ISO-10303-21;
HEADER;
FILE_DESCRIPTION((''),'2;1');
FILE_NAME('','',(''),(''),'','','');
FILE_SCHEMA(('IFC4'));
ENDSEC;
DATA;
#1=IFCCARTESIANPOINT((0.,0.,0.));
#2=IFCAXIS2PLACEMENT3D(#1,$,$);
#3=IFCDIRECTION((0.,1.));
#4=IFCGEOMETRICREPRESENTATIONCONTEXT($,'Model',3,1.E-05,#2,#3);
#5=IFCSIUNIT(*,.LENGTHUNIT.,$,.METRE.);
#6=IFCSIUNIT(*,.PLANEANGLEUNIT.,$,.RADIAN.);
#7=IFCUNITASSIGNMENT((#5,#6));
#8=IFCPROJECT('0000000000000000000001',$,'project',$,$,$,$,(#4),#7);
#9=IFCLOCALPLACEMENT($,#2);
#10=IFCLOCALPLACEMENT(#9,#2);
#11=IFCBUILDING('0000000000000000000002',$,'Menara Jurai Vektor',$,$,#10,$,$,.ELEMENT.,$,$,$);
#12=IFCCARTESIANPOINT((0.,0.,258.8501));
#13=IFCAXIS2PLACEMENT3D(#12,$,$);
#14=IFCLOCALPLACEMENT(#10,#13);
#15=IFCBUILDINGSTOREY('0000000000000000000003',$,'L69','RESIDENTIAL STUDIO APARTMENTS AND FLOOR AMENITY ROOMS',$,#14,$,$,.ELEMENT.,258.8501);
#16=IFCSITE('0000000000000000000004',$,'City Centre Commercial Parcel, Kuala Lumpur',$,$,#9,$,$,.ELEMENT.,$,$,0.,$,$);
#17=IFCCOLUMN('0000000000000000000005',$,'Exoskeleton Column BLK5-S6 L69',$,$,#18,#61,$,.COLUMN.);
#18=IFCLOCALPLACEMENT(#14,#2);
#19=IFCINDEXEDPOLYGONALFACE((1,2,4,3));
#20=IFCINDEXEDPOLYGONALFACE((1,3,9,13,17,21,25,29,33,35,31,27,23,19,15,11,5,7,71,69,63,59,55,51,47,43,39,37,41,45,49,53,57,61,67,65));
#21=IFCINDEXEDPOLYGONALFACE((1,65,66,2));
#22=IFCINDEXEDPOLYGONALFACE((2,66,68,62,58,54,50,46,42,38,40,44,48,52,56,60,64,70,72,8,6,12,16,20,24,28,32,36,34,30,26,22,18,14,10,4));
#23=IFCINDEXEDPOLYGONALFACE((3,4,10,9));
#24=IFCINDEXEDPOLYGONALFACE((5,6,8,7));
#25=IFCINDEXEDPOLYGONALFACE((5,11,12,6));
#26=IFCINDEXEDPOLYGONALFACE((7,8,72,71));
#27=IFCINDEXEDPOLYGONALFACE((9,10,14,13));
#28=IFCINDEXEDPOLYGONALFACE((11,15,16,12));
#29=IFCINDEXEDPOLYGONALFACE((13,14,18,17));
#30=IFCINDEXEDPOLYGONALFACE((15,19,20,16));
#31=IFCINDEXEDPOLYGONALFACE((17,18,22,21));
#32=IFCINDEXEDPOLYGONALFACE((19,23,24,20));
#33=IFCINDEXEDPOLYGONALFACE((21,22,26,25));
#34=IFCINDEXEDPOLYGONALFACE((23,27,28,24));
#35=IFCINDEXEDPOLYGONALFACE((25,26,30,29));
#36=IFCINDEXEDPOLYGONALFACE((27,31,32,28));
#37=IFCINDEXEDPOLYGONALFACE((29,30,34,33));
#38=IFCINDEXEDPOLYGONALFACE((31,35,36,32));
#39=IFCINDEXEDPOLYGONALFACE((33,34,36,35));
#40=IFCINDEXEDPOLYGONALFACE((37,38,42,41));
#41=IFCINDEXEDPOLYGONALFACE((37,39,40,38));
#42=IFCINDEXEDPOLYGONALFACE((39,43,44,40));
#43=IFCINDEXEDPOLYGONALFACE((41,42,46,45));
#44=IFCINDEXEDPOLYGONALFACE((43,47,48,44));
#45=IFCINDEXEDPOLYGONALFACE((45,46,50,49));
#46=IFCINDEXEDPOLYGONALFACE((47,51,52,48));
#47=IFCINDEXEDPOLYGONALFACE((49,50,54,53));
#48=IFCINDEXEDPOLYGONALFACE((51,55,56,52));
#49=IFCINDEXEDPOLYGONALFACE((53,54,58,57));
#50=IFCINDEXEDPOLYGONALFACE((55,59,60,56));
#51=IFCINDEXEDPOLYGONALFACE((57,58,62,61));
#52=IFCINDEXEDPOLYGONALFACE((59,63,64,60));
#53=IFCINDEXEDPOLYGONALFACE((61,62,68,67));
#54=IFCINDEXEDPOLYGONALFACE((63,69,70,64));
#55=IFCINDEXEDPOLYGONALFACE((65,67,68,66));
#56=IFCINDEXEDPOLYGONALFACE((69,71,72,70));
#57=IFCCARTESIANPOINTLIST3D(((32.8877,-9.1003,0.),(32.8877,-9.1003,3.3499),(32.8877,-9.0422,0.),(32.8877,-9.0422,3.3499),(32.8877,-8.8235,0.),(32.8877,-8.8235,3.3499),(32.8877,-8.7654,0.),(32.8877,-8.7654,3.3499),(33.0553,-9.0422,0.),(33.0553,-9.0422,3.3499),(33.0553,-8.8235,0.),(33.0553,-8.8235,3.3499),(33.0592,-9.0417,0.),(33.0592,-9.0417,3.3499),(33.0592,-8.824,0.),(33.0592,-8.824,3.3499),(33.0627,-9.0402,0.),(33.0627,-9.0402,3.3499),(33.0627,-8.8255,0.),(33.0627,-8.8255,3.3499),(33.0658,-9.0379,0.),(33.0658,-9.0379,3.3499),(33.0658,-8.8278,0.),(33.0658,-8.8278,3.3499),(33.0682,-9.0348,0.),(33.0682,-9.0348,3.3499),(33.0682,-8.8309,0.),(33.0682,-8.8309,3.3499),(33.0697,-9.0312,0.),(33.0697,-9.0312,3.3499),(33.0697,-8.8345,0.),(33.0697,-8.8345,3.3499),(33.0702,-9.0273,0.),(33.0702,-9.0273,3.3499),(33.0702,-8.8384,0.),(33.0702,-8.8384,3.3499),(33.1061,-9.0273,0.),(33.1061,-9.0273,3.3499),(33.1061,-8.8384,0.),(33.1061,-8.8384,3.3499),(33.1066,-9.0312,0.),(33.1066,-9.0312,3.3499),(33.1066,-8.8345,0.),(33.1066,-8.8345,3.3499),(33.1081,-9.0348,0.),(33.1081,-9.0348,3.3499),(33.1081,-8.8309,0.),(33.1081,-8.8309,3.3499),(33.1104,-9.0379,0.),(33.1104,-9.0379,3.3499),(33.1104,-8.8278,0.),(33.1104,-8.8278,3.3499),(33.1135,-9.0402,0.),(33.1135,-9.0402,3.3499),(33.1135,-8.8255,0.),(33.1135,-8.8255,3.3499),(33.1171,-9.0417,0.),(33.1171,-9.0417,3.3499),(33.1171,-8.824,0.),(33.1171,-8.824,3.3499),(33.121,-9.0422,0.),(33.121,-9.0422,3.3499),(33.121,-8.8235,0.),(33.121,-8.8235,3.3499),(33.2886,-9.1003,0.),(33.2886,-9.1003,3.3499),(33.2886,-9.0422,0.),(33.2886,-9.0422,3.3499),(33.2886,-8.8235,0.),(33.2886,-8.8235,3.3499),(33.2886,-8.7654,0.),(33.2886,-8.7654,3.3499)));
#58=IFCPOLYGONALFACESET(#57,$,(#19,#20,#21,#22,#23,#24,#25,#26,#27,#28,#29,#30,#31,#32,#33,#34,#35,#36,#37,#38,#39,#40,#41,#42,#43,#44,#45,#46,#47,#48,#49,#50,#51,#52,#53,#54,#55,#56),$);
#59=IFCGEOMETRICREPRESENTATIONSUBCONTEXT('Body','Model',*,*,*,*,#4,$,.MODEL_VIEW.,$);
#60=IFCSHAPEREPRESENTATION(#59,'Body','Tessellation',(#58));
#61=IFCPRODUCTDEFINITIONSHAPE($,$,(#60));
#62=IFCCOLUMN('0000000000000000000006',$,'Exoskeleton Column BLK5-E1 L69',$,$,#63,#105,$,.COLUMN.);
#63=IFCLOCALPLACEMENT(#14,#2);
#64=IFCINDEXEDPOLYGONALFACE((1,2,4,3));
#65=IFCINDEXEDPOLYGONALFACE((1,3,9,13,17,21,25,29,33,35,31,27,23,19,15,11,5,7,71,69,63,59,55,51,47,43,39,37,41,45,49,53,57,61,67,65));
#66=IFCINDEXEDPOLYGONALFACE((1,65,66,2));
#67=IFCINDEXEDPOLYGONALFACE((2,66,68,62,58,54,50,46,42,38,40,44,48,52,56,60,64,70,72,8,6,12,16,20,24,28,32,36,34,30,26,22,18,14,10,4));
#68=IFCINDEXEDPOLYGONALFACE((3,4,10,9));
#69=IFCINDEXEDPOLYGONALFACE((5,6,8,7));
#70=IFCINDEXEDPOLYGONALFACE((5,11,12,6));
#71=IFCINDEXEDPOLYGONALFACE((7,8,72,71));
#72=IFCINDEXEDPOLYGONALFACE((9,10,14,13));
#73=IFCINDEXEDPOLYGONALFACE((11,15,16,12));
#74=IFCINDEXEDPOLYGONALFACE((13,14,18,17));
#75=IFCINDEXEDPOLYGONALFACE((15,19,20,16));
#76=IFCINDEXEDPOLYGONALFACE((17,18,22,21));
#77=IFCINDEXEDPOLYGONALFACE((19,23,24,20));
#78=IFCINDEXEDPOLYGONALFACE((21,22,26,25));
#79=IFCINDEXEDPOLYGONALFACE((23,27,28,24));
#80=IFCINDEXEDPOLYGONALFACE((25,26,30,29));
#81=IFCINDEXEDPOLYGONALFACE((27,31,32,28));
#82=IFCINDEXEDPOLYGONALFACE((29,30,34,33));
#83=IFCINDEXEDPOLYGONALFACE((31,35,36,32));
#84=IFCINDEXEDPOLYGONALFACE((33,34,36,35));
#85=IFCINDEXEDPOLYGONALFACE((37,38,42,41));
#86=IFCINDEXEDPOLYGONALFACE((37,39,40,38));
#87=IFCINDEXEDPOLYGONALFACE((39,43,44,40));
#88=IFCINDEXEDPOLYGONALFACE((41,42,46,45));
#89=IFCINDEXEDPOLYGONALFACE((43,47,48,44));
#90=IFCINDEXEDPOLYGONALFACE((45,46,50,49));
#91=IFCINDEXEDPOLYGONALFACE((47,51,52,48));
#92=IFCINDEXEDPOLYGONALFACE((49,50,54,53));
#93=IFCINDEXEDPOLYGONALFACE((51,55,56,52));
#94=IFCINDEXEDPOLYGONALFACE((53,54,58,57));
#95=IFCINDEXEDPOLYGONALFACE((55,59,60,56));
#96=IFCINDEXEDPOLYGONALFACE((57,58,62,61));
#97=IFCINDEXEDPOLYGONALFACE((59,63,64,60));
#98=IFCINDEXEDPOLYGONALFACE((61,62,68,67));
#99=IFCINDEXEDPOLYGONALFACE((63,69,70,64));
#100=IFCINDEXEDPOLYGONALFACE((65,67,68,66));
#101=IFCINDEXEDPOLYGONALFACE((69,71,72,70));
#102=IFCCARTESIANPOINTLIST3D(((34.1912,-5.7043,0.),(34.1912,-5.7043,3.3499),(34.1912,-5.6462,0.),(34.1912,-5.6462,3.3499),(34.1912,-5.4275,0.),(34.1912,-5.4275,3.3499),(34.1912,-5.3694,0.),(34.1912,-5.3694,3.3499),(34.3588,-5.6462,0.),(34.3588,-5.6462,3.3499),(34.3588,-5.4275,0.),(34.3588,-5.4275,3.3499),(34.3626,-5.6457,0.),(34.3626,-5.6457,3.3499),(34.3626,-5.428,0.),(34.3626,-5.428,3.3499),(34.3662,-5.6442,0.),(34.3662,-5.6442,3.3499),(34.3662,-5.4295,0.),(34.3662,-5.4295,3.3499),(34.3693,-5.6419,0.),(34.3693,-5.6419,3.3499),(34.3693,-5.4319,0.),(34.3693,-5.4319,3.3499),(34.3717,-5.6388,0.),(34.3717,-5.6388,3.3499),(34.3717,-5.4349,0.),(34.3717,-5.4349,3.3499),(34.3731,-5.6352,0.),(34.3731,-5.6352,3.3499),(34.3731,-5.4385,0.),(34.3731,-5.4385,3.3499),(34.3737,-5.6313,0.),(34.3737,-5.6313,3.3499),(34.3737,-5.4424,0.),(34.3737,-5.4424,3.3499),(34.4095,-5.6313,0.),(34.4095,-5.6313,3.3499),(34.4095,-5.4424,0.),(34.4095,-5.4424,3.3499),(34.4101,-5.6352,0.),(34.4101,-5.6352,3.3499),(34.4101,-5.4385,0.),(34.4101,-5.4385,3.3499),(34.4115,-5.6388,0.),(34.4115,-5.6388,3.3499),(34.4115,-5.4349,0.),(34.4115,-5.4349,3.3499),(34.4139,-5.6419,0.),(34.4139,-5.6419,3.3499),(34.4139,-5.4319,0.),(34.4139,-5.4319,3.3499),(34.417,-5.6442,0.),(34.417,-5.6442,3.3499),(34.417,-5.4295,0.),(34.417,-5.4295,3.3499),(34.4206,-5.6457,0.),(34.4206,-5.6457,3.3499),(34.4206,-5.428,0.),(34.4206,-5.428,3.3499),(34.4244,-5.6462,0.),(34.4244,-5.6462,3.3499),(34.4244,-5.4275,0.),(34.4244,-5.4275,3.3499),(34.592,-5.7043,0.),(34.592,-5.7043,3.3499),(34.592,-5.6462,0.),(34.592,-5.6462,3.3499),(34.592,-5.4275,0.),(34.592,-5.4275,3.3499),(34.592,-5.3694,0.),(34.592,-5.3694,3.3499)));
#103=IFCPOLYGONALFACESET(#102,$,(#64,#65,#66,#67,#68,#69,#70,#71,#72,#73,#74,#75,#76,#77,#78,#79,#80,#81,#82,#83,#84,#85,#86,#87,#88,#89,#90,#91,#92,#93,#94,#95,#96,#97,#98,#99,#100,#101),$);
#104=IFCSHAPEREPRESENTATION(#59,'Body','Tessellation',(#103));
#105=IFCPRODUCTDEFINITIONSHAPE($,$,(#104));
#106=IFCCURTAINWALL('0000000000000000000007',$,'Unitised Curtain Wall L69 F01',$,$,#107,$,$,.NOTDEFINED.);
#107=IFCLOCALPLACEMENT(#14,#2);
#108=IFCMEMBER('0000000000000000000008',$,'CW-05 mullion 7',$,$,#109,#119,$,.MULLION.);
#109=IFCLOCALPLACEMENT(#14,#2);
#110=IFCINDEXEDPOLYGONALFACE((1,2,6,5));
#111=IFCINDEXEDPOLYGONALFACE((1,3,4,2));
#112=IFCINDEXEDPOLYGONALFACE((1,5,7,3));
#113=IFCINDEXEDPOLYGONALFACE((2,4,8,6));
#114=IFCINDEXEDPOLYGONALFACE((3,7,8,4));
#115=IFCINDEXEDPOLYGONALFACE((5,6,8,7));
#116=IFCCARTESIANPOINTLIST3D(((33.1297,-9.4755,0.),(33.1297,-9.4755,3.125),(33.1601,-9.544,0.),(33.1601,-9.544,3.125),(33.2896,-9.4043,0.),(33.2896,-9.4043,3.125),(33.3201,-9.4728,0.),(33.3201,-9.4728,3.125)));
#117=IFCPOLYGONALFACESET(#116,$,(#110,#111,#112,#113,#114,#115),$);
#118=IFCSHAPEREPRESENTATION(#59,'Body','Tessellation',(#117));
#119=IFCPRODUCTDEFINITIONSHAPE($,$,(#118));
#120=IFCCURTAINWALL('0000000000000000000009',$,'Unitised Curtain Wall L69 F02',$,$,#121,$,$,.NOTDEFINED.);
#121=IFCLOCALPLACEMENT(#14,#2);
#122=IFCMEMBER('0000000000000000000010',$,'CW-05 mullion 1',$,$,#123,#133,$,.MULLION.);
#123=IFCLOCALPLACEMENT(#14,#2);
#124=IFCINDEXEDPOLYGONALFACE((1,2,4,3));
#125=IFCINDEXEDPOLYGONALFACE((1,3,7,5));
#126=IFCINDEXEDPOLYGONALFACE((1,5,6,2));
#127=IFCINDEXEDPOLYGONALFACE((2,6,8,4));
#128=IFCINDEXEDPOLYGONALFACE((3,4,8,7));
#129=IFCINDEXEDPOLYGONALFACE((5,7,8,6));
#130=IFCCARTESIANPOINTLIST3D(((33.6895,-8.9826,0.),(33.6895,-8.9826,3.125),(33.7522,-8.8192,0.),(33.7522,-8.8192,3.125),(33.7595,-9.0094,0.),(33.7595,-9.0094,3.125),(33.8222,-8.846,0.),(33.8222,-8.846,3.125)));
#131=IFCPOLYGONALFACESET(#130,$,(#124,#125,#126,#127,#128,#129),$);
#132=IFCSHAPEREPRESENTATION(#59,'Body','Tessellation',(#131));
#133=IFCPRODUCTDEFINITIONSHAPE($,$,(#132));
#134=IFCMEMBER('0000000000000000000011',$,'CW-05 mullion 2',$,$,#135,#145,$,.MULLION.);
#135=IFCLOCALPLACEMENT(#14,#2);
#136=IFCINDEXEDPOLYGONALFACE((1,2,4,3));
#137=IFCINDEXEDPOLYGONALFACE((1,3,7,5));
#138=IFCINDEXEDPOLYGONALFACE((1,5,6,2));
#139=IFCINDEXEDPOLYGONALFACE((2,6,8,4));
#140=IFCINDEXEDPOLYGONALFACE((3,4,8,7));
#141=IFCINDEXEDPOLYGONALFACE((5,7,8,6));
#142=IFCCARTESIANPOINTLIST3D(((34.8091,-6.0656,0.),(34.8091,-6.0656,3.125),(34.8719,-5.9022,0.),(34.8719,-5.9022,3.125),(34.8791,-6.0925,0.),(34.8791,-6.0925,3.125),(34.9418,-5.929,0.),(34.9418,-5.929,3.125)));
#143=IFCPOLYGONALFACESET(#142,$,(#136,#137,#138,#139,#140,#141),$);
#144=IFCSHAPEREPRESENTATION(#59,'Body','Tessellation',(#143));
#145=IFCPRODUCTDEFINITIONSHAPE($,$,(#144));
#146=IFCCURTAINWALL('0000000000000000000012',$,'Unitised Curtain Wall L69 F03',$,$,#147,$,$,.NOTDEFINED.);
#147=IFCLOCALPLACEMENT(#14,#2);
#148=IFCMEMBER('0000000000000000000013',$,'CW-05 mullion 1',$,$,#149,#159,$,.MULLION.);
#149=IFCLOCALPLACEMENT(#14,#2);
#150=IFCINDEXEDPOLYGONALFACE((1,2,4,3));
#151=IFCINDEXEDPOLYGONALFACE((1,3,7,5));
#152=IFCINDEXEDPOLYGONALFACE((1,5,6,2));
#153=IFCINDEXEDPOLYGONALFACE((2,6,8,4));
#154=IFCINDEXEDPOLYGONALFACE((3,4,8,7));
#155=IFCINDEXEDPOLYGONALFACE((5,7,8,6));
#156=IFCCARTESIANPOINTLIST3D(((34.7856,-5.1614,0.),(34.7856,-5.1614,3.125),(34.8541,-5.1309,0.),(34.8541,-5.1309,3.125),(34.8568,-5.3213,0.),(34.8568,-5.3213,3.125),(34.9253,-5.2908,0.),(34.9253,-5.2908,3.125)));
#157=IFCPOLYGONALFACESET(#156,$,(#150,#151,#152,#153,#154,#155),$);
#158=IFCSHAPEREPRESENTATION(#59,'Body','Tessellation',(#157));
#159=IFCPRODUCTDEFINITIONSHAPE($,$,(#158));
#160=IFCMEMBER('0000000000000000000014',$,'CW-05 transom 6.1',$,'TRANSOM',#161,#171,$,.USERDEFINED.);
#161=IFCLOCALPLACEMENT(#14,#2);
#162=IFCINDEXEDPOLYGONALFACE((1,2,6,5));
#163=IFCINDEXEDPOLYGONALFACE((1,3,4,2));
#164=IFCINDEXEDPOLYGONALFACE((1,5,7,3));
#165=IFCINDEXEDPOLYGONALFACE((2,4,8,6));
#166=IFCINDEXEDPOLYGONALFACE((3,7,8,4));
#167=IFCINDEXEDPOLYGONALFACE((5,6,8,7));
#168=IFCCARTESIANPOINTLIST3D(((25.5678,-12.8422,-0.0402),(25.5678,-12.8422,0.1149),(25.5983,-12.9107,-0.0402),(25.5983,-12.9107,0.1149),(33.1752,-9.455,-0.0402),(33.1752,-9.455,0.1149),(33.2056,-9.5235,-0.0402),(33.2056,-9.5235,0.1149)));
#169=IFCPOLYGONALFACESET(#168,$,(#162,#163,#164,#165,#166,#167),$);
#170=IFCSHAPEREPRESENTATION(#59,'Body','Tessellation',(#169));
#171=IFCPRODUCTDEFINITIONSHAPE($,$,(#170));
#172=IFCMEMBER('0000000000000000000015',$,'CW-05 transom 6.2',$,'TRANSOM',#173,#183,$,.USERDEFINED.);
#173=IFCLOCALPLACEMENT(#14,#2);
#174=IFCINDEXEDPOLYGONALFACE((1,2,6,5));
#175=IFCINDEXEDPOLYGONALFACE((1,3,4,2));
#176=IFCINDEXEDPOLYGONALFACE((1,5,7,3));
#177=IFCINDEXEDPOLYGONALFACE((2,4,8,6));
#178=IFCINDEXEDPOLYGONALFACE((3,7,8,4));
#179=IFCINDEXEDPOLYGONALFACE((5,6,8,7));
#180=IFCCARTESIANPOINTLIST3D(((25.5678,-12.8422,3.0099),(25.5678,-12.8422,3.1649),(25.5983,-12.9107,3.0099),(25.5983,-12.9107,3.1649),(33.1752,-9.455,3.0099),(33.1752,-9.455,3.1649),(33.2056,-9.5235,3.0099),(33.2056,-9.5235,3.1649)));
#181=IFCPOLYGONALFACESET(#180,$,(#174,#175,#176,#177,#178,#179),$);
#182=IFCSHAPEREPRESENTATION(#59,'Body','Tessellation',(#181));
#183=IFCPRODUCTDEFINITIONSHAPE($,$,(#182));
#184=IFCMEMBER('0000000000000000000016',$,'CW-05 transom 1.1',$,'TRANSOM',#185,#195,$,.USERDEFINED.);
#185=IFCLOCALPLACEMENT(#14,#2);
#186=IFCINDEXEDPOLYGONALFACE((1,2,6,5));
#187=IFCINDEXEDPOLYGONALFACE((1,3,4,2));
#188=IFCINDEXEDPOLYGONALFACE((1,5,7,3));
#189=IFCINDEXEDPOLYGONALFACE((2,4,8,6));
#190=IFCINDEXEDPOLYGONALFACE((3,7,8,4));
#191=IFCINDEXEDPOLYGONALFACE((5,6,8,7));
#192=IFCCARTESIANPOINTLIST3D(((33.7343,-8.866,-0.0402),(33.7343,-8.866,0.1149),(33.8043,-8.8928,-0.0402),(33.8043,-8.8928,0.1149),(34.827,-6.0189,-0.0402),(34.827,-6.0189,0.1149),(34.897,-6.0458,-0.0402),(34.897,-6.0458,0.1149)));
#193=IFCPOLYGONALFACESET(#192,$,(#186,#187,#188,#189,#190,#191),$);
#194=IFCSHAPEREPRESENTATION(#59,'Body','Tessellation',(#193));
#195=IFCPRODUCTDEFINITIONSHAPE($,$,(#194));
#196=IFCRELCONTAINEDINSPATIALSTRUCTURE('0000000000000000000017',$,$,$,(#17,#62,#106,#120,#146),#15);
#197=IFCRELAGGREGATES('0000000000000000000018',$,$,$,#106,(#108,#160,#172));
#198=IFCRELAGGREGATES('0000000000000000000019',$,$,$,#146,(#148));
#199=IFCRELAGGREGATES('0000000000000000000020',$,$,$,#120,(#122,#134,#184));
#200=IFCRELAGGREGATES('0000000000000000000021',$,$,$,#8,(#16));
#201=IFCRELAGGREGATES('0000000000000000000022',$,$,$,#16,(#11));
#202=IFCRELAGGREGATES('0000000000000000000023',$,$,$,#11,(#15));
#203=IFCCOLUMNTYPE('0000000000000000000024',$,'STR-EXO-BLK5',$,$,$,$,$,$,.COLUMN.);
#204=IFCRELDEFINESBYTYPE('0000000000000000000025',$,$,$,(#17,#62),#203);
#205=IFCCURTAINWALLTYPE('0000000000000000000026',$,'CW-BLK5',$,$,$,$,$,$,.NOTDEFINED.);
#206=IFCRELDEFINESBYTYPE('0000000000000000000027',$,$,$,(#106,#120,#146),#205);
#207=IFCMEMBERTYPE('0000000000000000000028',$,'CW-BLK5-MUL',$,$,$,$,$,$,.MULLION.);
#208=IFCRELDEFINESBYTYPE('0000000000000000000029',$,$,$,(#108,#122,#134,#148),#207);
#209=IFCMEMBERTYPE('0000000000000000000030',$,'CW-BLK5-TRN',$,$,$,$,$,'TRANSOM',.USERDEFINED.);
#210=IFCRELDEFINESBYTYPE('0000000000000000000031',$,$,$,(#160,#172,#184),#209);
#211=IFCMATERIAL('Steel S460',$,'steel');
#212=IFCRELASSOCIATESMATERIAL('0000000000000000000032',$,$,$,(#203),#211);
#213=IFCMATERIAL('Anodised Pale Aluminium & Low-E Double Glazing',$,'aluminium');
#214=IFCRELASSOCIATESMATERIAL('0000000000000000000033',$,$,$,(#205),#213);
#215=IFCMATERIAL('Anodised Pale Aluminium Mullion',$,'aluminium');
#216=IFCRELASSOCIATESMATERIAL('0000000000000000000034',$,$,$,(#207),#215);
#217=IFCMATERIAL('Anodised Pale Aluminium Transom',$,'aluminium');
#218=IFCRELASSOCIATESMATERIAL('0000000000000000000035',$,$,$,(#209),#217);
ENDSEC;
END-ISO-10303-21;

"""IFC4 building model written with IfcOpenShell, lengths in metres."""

from ifc_helpers import new_model, si_unit, direction, frame, origin, origin_2d, place, context, subcontext, project, spatial, rectangle, i_section, extrude, material, material_profile, profile_set, type_object, element, aggregate, save


model = new_model("IFC4")

# Units and contexts
model_context = context("Model", 3, precision=1e-05, world=origin(), true_north=direction((0.0, 1.0)))
body_context = subcontext(model_context, "Body", "Model", "MODEL_VIEW")
ifc_project = project(units=[si_unit("LENGTHUNIT", "METRE"), si_unit("PLANEANGLEUNIT", "RADIAN")], contexts=[model_context])

# Site, building, storey
site_placement = place(None, origin())
site = spatial("IfcSite", under=ifc_project, at=site_placement, Name="City Centre Commercial Parcel, Kuala Lumpur", CompositionType="ELEMENT", RefElevation=0.0)
building_placement = place(site_placement, origin())
building = spatial("IfcBuilding", under=site, at=building_placement, Name="Menara Jurai Vektor", CompositionType="ELEMENT")
storey_placement = place(building_placement, frame((0.0, 0.0, 258.8501)))
storey = spatial("IfcBuildingStorey", under=building, at=storey_placement, Name="L69", Description="RESIDENTIAL STUDIO APARTMENTS AND FLOOR AMENITY ROOMS", CompositionType="ELEMENT", Elevation=258.8501)

# Columns
ifc_material_1 = material(Name="Steel S460", Category="steel")
ifc_material_profile_1 = material_profile(ifc_material_1, i_section(OverallWidth=0.4009, OverallDepth=0.335, WebThickness=0.0359, FlangeThickness=0.0581, FilletRadius=0.0149, at=origin_2d()), Name="HD 400x463")
ifc_profile_set_1 = profile_set([ifc_material_profile_1], Name="Steel S460")
column_type = type_object("IfcColumnType", Name="STR-EXO-BLK5", PredefinedType="COLUMN", material=ifc_profile_set_1)
for number, where, z_axis, x_axis, name in (
    (1, (33.0881, -8.9329, 0.0), (0.0, 0.0, 1.0), (1.0, 0.0, 0.0), "Exoskeleton Column BLK5-S6 L69"),
    (2, (34.3916, -5.5369, 0.0), (0.0, 0.0, 1.0), (1.0, 0.0, 0.0), "Exoskeleton Column BLK5-E1 L69"),
):
    element("IfcColumn", number, at=place(storey_placement, frame(where, z_axis=z_axis, x_axis=x_axis)), inside=storey, type_object=column_type, Name=name, PredefinedType="COLUMN", context=body_context, shape_type="SweptSolid", body=[
        extrude(i_section(OverallWidth=0.4009, OverallDepth=0.335, WebThickness=0.0359, FlangeThickness=0.0581, FilletRadius=0.0149, at=origin_2d()), origin(), (0.0, 0.0, 1.0), 3.3499),
    ])

# Curtain wall, member
ifc_material_2 = material(Name="Anodised Pale Aluminium & Low-E Double Glazing", Category="aluminium")
curtain_wall_type = type_object("IfcCurtainWallType", Name="CW-BLK5", PredefinedType="NOTDEFINED", material=ifc_material_2)
curtain_wall_1_placement = place(storey_placement, origin())
curtain_wall_1 = element("IfcCurtainWall", 3, at=curtain_wall_1_placement, inside=storey, type_object=curtain_wall_type, Name="Unitised Curtain Wall L69 F01", PredefinedType="NOTDEFINED")
ifc_material_3 = material(Name="Anodised Pale Aluminium Mullion", Category="aluminium")
ifc_material_profile_2 = material_profile(ifc_material_3, rectangle(XDim=0.075, YDim=0.175, at=origin_2d()), Name="ALU MUL 75x175")
ifc_profile_set_2 = profile_set([ifc_material_profile_2], Name="Anodised Pale Aluminium Mullion")
member_type_1 = type_object("IfcMemberType", Name="CW-BLK5-MUL", PredefinedType="MULLION", material=ifc_profile_set_2)
member_1_placement = place(storey_placement, frame((33.2249, -9.4741, 0.0), z_axis=(0.0, 0.0, 1.0), x_axis=(-0.406735, 0.913546, 0.0)))
member_1 = element("IfcMember", 4, at=member_1_placement, type_object=member_type_1, Name="CW-05 mullion 7", PredefinedType="MULLION", context=body_context, shape_type="SweptSolid", body=[
    extrude(rectangle(XDim=0.075, YDim=0.175, at=origin_2d()), origin(), (0.0, 0.0, 1.0), 3.125),
])

# Curtain wall, members
curtain_wall_2_placement = place(storey_placement, origin())
curtain_wall_2 = element("IfcCurtainWall", 5, at=curtain_wall_2_placement, inside=storey, type_object=curtain_wall_type, Name="Unitised Curtain Wall L69 F02", PredefinedType="NOTDEFINED")
member_2_placement = place(storey_placement, frame((33.7559, -8.9143, 0.0), z_axis=(0.0, 0.0, 1.0), x_axis=(-0.933578, 0.358374, 0.0)))
member_2 = element("IfcMember", 6, at=member_2_placement, type_object=member_type_1, Name="CW-05 mullion 1", PredefinedType="MULLION", context=body_context, shape_type="SweptSolid", body=[
    extrude(rectangle(XDim=0.075, YDim=0.175, at=origin_2d()), origin(), (0.0, 0.0, 1.0), 3.125),
])
member_3_placement = place(storey_placement, frame((34.8755, -5.9973, 0.0), z_axis=(0.0, 0.0, 1.0), x_axis=(-0.933578, 0.358374, 0.0)))
member_3 = element("IfcMember", 7, at=member_3_placement, type_object=member_type_1, Name="CW-05 mullion 2", PredefinedType="MULLION", context=body_context, shape_type="SweptSolid", body=[
    extrude(rectangle(XDim=0.075, YDim=0.175, at=origin_2d()), origin(), (0.0, 0.0, 1.0), 3.125),
])

# Curtain wall, member
curtain_wall_3_placement = place(storey_placement, origin())
curtain_wall_3 = element("IfcCurtainWall", 8, at=curtain_wall_3_placement, inside=storey, type_object=curtain_wall_type, Name="Unitised Curtain Wall L69 F03", PredefinedType="NOTDEFINED")
member_4_placement = place(storey_placement, frame((34.8555, -5.2261, 0.0), z_axis=(0.0, 0.0, 1.0), x_axis=(-0.913546, -0.406735, 0.0)))
member_4 = element("IfcMember", 9, at=member_4_placement, type_object=member_type_1, Name="CW-05 mullion 1", PredefinedType="MULLION", context=body_context, shape_type="SweptSolid", body=[
    extrude(rectangle(XDim=0.075, YDim=0.175, at=origin_2d()), origin(), (0.0, 0.0, 1.0), 3.125),
])

# Members
ifc_material_4 = material(Name="Anodised Pale Aluminium Transom", Category="aluminium")
ifc_material_profile_3 = material_profile(ifc_material_4, rectangle(XDim=0.075, YDim=0.155, at=origin_2d()), Name="ALU TRN 75x155")
ifc_profile_set_3 = profile_set([ifc_material_profile_3], Name="Anodised Pale Aluminium Transom")
member_type_2 = type_object("IfcMemberType", Name="CW-BLK5-TRN", ElementType="TRANSOM", PredefinedType="USERDEFINED", material=ifc_profile_set_3)
member_5_placement = place(storey_placement, frame((25.583, -12.8765, 0.0374), z_axis=(0.913538, 0.406753, 0.0), x_axis=(-0.406753, 0.913538, 0.0)))
member_5 = element("IfcMember", 10, at=member_5_placement, type_object=member_type_2, Name="CW-05 transom 6.1", ObjectType="TRANSOM", PredefinedType="USERDEFINED", context=body_context, shape_type="SweptSolid", body=[
    extrude(rectangle(XDim=0.075, YDim=0.155, at=origin_2d()), origin(), (0.0, 0.0, 1.0), 8.3274),
])
member_6_placement = place(storey_placement, frame((25.583, -12.8765, 3.0874), z_axis=(0.913538, 0.406753, 0.0), x_axis=(-0.406753, 0.913538, 0.0)))
member_6 = element("IfcMember", 11, at=member_6_placement, type_object=member_type_2, Name="CW-05 transom 6.2", ObjectType="TRANSOM", PredefinedType="USERDEFINED", context=body_context, shape_type="SweptSolid", body=[
    extrude(rectangle(XDim=0.075, YDim=0.155, at=origin_2d()), origin(), (0.0, 0.0, 1.0), 8.3274),
])
member_7_placement = place(storey_placement, frame((33.7693, -8.8794, 0.0374), z_axis=(0.358325, 0.933597, 0.0), x_axis=(-0.933597, 0.358325, 0.0)))
member_7 = element("IfcMember", 12, at=member_7_placement, type_object=member_type_2, Name="CW-05 transom 1.1", ObjectType="TRANSOM", PredefinedType="USERDEFINED", context=body_context, shape_type="SweptSolid", body=[
    extrude(rectangle(XDim=0.075, YDim=0.155, at=origin_2d()), origin(), (0.0, 0.0, 1.0), 3.0496),
])

aggregate(curtain_wall_1, [member_1, member_5, member_6])
aggregate(curtain_wall_3, [member_4])
aggregate(curtain_wall_2, [member_2, member_3, member_7])

save(model, "model.ifc")
